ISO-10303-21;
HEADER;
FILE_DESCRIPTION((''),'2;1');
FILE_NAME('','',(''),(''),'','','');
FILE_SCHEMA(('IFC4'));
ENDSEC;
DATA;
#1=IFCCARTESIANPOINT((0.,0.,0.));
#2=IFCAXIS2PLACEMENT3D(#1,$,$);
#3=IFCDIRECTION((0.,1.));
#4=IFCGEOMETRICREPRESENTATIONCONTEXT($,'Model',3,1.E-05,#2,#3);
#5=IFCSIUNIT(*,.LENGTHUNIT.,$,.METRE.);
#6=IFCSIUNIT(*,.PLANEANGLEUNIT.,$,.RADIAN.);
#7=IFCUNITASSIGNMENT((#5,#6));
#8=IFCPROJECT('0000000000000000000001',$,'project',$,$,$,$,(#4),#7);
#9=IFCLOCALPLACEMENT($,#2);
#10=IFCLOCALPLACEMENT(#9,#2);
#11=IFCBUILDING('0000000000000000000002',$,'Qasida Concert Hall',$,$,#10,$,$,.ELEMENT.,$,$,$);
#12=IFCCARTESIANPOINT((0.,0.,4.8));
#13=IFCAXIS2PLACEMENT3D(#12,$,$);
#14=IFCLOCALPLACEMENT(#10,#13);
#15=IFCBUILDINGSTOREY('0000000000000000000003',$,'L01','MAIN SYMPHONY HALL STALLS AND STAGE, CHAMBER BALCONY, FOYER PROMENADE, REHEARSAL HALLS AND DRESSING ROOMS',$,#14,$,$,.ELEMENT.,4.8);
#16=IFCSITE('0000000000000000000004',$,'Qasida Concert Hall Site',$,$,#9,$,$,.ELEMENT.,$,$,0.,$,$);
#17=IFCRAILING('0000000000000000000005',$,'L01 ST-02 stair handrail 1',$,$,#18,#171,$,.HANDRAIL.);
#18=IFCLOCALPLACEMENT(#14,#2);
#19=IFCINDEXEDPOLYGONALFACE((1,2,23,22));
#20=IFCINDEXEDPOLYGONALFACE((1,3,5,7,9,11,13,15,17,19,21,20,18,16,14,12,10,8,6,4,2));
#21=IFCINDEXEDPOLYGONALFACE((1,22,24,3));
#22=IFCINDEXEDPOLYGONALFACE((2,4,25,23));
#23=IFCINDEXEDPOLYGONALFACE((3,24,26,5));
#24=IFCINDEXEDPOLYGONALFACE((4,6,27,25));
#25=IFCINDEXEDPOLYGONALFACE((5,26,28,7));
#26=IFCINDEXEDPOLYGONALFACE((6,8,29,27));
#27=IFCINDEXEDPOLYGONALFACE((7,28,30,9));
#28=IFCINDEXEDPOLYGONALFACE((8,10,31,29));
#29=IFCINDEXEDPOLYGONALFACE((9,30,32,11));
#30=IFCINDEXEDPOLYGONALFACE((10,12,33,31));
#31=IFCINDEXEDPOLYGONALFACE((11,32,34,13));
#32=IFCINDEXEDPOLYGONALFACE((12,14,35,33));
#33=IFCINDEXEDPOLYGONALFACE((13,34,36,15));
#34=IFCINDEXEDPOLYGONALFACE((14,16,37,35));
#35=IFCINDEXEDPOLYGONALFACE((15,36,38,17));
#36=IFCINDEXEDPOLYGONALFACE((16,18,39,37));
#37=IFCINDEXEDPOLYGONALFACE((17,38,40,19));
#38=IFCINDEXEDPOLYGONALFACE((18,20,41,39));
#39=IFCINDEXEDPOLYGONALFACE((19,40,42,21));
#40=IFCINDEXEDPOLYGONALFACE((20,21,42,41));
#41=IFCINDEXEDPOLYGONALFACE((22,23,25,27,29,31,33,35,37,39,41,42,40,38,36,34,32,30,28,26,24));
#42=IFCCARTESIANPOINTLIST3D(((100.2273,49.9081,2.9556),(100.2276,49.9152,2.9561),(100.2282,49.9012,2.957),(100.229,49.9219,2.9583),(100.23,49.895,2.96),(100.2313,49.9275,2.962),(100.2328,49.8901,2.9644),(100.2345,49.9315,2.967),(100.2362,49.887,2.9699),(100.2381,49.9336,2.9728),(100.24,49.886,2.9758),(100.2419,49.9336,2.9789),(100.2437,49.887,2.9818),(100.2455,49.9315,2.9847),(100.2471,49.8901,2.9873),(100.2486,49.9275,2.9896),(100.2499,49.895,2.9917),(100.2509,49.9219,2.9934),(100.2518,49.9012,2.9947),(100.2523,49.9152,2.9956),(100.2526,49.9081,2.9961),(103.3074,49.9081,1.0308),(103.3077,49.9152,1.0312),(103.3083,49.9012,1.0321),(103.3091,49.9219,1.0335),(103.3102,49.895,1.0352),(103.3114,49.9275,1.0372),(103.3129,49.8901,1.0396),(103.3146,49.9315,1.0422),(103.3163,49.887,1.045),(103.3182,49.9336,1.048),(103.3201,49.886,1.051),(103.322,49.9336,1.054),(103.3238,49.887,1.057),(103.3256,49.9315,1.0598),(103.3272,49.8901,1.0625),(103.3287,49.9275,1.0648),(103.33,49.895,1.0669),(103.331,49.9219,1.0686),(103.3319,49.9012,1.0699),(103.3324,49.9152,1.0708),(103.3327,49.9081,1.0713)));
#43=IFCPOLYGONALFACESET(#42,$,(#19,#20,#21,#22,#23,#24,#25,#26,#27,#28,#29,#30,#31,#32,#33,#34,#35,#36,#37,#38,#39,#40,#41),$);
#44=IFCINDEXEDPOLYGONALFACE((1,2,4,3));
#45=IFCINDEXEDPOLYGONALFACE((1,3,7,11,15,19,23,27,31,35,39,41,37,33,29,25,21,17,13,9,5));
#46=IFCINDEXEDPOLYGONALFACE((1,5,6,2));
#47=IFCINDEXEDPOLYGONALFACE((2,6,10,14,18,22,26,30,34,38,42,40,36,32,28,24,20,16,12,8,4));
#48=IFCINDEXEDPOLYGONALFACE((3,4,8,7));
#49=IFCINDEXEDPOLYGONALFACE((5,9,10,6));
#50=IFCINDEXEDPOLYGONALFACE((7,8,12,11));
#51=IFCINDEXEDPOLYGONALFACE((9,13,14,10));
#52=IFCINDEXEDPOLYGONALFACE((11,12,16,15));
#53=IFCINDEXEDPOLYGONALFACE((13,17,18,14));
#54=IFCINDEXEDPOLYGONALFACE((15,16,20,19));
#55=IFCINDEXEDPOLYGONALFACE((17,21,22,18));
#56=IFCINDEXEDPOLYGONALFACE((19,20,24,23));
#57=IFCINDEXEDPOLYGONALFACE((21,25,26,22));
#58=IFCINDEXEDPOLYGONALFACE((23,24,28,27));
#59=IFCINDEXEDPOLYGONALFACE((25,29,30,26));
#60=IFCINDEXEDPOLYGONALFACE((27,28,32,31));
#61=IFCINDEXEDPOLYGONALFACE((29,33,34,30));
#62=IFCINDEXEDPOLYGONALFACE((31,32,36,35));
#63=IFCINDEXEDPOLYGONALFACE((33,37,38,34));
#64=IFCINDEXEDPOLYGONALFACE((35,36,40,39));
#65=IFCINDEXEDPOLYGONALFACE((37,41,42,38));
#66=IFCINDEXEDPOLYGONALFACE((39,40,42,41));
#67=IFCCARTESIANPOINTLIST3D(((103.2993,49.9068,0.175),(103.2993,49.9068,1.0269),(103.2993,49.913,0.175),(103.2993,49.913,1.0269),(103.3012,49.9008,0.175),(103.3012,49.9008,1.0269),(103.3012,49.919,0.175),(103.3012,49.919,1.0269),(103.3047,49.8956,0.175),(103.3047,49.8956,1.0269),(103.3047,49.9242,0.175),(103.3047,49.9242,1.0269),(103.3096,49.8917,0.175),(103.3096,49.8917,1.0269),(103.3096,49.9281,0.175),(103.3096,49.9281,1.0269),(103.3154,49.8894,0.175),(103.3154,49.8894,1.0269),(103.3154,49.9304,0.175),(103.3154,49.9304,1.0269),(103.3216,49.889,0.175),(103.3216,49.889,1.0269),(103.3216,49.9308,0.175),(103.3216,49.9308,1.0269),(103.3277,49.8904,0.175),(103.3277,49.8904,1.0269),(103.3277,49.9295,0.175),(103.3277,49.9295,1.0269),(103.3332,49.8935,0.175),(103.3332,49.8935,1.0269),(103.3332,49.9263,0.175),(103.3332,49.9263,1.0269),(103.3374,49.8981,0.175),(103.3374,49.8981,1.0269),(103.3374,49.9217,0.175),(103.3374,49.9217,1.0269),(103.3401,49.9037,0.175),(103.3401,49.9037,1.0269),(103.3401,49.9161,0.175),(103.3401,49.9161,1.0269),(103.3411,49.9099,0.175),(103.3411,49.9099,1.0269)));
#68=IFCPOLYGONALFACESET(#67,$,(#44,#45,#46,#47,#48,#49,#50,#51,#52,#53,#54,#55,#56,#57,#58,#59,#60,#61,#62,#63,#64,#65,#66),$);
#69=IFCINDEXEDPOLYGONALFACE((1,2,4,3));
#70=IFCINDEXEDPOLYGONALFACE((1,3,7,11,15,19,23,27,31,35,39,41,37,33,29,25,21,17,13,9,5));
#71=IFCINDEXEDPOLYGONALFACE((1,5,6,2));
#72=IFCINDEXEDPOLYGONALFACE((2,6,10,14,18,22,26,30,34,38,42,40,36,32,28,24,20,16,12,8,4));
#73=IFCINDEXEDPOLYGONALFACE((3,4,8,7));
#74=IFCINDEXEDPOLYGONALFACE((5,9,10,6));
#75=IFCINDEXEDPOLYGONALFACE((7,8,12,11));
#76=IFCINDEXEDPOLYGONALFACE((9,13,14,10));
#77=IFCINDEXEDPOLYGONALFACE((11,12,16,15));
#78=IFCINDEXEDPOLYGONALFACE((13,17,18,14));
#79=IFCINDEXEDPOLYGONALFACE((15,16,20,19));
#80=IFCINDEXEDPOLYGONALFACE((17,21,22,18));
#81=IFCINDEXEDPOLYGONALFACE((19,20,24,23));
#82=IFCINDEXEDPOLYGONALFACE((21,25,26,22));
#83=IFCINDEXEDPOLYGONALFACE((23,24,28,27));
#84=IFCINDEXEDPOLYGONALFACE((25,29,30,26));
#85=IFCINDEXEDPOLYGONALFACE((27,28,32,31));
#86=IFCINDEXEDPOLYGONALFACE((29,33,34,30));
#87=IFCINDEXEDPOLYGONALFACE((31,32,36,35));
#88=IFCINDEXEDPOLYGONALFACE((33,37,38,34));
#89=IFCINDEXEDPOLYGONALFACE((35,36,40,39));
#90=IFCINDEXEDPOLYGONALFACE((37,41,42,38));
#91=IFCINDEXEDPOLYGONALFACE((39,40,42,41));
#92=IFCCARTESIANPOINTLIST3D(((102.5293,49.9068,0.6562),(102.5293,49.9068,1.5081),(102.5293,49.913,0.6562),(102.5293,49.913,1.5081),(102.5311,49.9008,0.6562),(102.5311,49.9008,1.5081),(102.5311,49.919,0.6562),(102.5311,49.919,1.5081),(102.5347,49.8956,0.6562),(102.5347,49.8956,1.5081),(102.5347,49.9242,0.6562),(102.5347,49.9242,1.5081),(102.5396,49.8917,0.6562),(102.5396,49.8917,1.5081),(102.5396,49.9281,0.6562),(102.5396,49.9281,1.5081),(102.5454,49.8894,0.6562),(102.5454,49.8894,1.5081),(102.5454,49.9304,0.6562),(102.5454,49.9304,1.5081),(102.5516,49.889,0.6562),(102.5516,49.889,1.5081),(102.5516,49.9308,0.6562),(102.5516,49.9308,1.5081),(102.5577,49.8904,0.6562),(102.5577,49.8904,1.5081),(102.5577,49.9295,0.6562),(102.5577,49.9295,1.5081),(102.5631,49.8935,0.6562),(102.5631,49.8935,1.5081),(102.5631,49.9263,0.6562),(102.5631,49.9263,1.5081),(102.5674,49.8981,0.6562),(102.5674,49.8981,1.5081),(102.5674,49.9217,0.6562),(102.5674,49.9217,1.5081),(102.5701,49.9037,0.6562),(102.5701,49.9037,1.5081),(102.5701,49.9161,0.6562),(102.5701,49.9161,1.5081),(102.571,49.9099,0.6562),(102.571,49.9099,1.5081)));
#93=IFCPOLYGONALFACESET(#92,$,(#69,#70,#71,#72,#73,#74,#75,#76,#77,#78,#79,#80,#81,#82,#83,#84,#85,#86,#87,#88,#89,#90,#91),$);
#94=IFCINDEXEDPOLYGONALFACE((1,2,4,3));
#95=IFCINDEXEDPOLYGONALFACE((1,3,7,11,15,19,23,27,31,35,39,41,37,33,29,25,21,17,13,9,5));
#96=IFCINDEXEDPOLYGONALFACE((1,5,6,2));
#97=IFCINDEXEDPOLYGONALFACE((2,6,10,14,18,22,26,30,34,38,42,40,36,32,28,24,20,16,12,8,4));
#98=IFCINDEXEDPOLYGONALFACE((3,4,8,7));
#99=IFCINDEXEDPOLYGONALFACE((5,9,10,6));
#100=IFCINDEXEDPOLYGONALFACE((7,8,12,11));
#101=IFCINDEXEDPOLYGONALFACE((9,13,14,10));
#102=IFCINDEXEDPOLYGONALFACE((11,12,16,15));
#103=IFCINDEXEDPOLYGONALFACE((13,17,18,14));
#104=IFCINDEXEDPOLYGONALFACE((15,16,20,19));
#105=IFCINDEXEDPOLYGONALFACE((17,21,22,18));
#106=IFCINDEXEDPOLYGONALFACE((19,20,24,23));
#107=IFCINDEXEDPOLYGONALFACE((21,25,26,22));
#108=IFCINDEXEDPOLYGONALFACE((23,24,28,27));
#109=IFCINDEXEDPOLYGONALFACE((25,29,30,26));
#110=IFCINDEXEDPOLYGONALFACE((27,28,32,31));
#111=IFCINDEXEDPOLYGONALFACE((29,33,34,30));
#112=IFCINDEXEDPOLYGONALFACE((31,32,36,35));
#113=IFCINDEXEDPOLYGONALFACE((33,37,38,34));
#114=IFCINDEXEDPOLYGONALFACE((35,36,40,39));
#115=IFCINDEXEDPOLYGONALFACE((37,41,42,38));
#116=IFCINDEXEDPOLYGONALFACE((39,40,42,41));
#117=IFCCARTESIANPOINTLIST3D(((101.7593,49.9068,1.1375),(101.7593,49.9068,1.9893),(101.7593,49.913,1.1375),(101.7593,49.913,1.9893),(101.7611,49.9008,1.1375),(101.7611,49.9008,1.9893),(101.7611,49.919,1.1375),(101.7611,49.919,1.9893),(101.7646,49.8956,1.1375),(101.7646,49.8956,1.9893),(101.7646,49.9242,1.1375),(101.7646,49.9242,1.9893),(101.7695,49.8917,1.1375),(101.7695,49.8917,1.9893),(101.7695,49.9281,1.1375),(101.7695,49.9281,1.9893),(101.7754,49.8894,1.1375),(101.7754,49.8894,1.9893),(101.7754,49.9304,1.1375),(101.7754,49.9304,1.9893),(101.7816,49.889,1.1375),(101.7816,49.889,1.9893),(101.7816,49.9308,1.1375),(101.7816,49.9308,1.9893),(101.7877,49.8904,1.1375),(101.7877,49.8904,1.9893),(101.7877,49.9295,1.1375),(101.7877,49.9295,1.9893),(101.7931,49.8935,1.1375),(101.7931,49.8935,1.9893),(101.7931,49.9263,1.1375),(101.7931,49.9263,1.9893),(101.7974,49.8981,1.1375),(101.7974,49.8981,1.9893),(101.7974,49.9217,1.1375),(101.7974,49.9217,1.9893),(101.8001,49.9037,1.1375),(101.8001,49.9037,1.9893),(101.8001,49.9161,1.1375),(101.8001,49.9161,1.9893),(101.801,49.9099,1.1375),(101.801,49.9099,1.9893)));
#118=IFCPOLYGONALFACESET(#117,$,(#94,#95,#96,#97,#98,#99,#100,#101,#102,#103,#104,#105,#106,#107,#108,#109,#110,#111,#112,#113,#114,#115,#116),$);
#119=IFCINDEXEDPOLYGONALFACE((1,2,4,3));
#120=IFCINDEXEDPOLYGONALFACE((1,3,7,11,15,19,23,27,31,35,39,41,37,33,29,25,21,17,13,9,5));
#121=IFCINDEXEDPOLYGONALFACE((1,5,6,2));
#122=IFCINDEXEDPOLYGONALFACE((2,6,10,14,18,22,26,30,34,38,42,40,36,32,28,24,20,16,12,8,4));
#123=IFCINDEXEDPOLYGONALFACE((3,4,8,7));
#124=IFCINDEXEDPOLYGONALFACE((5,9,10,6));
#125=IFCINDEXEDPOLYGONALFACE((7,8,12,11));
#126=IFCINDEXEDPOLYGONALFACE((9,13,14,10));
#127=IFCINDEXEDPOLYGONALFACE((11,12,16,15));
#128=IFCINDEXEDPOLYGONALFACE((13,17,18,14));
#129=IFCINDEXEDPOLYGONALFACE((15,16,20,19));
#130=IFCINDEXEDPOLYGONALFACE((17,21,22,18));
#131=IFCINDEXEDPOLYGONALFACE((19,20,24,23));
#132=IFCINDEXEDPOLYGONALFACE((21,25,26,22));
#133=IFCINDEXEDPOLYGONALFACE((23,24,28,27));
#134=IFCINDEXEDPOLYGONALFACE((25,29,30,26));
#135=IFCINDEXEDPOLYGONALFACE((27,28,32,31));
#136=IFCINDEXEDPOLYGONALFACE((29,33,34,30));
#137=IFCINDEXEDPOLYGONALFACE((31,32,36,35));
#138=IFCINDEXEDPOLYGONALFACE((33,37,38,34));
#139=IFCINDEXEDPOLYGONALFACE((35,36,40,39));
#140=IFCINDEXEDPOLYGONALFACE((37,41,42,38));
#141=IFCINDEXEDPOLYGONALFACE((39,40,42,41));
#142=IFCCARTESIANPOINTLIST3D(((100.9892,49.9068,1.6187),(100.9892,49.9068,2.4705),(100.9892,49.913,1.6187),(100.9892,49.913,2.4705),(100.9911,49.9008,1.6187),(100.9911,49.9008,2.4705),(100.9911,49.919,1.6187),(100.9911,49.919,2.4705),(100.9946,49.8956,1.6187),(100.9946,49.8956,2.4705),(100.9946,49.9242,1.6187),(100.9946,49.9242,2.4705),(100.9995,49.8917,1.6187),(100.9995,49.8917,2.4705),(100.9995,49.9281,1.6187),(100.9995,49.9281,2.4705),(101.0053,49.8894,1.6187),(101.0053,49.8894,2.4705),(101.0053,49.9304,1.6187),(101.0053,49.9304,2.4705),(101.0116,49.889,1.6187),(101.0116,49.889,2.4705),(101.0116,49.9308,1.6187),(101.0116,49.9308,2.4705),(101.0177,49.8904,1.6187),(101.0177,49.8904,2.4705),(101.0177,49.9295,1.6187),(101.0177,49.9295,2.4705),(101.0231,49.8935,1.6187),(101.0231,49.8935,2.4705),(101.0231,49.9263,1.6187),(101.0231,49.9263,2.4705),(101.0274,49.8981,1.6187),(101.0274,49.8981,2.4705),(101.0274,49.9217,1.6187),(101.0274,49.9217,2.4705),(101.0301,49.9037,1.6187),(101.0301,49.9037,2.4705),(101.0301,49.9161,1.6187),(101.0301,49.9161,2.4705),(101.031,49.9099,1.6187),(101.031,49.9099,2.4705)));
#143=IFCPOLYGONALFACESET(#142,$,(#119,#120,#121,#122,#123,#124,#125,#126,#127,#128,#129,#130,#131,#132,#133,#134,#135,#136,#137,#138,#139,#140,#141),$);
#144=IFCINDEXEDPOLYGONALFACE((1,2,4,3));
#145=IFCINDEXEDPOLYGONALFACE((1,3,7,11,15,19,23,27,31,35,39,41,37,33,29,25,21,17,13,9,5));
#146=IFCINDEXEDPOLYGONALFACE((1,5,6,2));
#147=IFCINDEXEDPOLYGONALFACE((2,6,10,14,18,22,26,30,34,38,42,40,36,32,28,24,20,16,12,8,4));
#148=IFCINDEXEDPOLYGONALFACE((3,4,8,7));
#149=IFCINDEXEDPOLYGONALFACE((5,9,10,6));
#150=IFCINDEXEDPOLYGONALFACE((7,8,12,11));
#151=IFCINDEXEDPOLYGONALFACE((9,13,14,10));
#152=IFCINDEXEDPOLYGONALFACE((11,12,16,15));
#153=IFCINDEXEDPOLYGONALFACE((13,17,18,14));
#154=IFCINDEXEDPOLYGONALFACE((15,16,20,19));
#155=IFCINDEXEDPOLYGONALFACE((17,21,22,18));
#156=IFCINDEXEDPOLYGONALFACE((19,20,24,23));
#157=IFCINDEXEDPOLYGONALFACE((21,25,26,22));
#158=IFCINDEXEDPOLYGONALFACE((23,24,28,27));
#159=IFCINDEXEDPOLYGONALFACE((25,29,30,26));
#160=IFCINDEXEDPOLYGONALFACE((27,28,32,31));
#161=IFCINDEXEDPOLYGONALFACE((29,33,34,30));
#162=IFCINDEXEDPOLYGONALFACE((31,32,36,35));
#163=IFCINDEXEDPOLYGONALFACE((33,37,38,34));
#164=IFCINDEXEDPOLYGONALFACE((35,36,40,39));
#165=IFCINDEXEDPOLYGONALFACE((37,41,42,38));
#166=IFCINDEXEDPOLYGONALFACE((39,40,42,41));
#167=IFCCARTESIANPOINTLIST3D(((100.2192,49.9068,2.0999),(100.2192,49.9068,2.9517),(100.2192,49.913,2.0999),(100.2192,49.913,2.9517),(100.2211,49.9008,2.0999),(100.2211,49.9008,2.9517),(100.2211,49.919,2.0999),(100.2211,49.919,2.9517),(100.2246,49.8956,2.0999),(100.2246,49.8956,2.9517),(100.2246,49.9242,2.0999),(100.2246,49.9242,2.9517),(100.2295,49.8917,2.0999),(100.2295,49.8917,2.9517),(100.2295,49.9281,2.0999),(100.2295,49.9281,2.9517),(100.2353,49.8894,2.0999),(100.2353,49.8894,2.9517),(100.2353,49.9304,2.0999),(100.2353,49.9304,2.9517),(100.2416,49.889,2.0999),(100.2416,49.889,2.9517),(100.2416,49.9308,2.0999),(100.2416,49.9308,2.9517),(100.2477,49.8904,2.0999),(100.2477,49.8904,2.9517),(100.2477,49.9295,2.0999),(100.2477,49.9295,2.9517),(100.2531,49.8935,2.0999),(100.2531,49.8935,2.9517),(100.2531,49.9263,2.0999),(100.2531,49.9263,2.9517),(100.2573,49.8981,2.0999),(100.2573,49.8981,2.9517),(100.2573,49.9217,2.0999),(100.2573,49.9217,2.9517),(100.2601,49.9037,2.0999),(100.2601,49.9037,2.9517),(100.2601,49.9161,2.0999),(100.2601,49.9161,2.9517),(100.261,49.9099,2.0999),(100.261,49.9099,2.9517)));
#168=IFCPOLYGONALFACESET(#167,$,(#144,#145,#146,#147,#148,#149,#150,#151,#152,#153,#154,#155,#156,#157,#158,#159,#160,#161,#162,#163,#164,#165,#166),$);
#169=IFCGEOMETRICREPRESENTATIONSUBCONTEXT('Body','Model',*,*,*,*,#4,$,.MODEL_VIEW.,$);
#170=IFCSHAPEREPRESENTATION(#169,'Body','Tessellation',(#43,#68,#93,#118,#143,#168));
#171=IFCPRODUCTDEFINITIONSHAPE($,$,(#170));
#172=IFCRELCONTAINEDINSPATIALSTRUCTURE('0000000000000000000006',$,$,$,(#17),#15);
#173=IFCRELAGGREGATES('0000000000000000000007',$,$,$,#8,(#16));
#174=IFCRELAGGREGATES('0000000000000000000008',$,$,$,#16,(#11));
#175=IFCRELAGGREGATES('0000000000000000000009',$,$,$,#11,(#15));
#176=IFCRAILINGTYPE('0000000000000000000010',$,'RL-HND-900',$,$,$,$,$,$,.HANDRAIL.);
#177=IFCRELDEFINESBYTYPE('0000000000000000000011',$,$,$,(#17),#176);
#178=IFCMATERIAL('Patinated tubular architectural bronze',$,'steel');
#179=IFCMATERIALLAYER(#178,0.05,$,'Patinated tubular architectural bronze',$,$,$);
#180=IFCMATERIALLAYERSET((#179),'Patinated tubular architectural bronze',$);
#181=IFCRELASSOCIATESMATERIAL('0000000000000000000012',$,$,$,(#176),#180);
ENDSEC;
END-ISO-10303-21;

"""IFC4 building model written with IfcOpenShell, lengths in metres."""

from ifc_helpers import new_model, si_unit, direction, frame, origin, origin_2d, place, context, subcontext, project, spatial, circle, extrude, material, layer, layer_set, type_object, element, save


model = new_model("IFC4")

# Units and contexts
model_context = context("Model", 3, precision=1e-05, world=origin(), true_north=direction((0.0, 1.0)))
body_context = subcontext(model_context, "Body", "Model", "MODEL_VIEW")
ifc_project = project(units=[si_unit("LENGTHUNIT", "METRE"), si_unit("PLANEANGLEUNIT", "RADIAN")], contexts=[model_context])

# Site, building, storey
site_placement = place(None, origin())
site = spatial("IfcSite", under=ifc_project, at=site_placement, Name="Qasida Concert Hall Site", CompositionType="ELEMENT", RefElevation=0.0)
building_placement = place(site_placement, origin())
building = spatial("IfcBuilding", under=site, at=building_placement, Name="Qasida Concert Hall", CompositionType="ELEMENT")
storey_placement = place(building_placement, frame((0.0, 0.0, 4.8)))
storey = spatial("IfcBuildingStorey", under=building, at=storey_placement, Name="L01", Description="MAIN SYMPHONY HALL STALLS AND STAGE, CHAMBER BALCONY, FOYER PROMENADE, REHEARSAL HALLS AND DRESSING ROOMS", CompositionType="ELEMENT", Elevation=4.8)

# Railing
ifc_material_1 = material(Name="Patinated tubular architectural bronze", Category="steel")
ifc_layer_1 = layer(ifc_material_1, 0.05, Name="Patinated tubular architectural bronze")
ifc_layer_set_1 = layer_set([ifc_layer_1], Name="Patinated tubular architectural bronze")
railing_type_1 = type_object("IfcRailingType", Name="RL-HND-900", PredefinedType="HANDRAIL", material=ifc_layer_set_1)
railing_1_placement = place(storey_placement, frame((103.3201, 49.9099, 0.175)))
element("IfcRailing", 1, at=railing_1_placement, inside=storey, type_object=railing_type_1, Name="L01 ST-02 stair handrail 1", PredefinedType="HANDRAIL", context=body_context, shape_type="SweptSolid", body=[
    extrude(circle(Radius=0.0239, at=origin_2d()), frame((0.0, 0.0, 0.876), z_axis=(-0.848029, 0.0, 0.529951), x_axis=(0.0, -1.0, 0.0)), (0.0, 0.0, 1.0), 3.6321),
    extrude(circle(Radius=0.021, at=origin_2d()), origin(), (0.0, 0.0, 1.0), 0.8518),
    extrude(circle(Radius=0.021, at=origin_2d()), frame((-0.77, 0.0, 0.4812)), (0.0, 0.0, 1.0), 0.8518),
    extrude(circle(Radius=0.021, at=origin_2d()), frame((-1.54, 0.0, 0.9624)), (0.0, 0.0, 1.0), 0.8518),
    extrude(circle(Radius=0.021, at=origin_2d()), frame((-2.3101, 0.0, 1.4436)), (0.0, 0.0, 1.0), 0.8518),
    extrude(circle(Radius=0.021, at=origin_2d()), frame((-3.0801, 0.0, 1.9248)), (0.0, 0.0, 1.0), 0.8518),
])

save(model, "model.ifc")
